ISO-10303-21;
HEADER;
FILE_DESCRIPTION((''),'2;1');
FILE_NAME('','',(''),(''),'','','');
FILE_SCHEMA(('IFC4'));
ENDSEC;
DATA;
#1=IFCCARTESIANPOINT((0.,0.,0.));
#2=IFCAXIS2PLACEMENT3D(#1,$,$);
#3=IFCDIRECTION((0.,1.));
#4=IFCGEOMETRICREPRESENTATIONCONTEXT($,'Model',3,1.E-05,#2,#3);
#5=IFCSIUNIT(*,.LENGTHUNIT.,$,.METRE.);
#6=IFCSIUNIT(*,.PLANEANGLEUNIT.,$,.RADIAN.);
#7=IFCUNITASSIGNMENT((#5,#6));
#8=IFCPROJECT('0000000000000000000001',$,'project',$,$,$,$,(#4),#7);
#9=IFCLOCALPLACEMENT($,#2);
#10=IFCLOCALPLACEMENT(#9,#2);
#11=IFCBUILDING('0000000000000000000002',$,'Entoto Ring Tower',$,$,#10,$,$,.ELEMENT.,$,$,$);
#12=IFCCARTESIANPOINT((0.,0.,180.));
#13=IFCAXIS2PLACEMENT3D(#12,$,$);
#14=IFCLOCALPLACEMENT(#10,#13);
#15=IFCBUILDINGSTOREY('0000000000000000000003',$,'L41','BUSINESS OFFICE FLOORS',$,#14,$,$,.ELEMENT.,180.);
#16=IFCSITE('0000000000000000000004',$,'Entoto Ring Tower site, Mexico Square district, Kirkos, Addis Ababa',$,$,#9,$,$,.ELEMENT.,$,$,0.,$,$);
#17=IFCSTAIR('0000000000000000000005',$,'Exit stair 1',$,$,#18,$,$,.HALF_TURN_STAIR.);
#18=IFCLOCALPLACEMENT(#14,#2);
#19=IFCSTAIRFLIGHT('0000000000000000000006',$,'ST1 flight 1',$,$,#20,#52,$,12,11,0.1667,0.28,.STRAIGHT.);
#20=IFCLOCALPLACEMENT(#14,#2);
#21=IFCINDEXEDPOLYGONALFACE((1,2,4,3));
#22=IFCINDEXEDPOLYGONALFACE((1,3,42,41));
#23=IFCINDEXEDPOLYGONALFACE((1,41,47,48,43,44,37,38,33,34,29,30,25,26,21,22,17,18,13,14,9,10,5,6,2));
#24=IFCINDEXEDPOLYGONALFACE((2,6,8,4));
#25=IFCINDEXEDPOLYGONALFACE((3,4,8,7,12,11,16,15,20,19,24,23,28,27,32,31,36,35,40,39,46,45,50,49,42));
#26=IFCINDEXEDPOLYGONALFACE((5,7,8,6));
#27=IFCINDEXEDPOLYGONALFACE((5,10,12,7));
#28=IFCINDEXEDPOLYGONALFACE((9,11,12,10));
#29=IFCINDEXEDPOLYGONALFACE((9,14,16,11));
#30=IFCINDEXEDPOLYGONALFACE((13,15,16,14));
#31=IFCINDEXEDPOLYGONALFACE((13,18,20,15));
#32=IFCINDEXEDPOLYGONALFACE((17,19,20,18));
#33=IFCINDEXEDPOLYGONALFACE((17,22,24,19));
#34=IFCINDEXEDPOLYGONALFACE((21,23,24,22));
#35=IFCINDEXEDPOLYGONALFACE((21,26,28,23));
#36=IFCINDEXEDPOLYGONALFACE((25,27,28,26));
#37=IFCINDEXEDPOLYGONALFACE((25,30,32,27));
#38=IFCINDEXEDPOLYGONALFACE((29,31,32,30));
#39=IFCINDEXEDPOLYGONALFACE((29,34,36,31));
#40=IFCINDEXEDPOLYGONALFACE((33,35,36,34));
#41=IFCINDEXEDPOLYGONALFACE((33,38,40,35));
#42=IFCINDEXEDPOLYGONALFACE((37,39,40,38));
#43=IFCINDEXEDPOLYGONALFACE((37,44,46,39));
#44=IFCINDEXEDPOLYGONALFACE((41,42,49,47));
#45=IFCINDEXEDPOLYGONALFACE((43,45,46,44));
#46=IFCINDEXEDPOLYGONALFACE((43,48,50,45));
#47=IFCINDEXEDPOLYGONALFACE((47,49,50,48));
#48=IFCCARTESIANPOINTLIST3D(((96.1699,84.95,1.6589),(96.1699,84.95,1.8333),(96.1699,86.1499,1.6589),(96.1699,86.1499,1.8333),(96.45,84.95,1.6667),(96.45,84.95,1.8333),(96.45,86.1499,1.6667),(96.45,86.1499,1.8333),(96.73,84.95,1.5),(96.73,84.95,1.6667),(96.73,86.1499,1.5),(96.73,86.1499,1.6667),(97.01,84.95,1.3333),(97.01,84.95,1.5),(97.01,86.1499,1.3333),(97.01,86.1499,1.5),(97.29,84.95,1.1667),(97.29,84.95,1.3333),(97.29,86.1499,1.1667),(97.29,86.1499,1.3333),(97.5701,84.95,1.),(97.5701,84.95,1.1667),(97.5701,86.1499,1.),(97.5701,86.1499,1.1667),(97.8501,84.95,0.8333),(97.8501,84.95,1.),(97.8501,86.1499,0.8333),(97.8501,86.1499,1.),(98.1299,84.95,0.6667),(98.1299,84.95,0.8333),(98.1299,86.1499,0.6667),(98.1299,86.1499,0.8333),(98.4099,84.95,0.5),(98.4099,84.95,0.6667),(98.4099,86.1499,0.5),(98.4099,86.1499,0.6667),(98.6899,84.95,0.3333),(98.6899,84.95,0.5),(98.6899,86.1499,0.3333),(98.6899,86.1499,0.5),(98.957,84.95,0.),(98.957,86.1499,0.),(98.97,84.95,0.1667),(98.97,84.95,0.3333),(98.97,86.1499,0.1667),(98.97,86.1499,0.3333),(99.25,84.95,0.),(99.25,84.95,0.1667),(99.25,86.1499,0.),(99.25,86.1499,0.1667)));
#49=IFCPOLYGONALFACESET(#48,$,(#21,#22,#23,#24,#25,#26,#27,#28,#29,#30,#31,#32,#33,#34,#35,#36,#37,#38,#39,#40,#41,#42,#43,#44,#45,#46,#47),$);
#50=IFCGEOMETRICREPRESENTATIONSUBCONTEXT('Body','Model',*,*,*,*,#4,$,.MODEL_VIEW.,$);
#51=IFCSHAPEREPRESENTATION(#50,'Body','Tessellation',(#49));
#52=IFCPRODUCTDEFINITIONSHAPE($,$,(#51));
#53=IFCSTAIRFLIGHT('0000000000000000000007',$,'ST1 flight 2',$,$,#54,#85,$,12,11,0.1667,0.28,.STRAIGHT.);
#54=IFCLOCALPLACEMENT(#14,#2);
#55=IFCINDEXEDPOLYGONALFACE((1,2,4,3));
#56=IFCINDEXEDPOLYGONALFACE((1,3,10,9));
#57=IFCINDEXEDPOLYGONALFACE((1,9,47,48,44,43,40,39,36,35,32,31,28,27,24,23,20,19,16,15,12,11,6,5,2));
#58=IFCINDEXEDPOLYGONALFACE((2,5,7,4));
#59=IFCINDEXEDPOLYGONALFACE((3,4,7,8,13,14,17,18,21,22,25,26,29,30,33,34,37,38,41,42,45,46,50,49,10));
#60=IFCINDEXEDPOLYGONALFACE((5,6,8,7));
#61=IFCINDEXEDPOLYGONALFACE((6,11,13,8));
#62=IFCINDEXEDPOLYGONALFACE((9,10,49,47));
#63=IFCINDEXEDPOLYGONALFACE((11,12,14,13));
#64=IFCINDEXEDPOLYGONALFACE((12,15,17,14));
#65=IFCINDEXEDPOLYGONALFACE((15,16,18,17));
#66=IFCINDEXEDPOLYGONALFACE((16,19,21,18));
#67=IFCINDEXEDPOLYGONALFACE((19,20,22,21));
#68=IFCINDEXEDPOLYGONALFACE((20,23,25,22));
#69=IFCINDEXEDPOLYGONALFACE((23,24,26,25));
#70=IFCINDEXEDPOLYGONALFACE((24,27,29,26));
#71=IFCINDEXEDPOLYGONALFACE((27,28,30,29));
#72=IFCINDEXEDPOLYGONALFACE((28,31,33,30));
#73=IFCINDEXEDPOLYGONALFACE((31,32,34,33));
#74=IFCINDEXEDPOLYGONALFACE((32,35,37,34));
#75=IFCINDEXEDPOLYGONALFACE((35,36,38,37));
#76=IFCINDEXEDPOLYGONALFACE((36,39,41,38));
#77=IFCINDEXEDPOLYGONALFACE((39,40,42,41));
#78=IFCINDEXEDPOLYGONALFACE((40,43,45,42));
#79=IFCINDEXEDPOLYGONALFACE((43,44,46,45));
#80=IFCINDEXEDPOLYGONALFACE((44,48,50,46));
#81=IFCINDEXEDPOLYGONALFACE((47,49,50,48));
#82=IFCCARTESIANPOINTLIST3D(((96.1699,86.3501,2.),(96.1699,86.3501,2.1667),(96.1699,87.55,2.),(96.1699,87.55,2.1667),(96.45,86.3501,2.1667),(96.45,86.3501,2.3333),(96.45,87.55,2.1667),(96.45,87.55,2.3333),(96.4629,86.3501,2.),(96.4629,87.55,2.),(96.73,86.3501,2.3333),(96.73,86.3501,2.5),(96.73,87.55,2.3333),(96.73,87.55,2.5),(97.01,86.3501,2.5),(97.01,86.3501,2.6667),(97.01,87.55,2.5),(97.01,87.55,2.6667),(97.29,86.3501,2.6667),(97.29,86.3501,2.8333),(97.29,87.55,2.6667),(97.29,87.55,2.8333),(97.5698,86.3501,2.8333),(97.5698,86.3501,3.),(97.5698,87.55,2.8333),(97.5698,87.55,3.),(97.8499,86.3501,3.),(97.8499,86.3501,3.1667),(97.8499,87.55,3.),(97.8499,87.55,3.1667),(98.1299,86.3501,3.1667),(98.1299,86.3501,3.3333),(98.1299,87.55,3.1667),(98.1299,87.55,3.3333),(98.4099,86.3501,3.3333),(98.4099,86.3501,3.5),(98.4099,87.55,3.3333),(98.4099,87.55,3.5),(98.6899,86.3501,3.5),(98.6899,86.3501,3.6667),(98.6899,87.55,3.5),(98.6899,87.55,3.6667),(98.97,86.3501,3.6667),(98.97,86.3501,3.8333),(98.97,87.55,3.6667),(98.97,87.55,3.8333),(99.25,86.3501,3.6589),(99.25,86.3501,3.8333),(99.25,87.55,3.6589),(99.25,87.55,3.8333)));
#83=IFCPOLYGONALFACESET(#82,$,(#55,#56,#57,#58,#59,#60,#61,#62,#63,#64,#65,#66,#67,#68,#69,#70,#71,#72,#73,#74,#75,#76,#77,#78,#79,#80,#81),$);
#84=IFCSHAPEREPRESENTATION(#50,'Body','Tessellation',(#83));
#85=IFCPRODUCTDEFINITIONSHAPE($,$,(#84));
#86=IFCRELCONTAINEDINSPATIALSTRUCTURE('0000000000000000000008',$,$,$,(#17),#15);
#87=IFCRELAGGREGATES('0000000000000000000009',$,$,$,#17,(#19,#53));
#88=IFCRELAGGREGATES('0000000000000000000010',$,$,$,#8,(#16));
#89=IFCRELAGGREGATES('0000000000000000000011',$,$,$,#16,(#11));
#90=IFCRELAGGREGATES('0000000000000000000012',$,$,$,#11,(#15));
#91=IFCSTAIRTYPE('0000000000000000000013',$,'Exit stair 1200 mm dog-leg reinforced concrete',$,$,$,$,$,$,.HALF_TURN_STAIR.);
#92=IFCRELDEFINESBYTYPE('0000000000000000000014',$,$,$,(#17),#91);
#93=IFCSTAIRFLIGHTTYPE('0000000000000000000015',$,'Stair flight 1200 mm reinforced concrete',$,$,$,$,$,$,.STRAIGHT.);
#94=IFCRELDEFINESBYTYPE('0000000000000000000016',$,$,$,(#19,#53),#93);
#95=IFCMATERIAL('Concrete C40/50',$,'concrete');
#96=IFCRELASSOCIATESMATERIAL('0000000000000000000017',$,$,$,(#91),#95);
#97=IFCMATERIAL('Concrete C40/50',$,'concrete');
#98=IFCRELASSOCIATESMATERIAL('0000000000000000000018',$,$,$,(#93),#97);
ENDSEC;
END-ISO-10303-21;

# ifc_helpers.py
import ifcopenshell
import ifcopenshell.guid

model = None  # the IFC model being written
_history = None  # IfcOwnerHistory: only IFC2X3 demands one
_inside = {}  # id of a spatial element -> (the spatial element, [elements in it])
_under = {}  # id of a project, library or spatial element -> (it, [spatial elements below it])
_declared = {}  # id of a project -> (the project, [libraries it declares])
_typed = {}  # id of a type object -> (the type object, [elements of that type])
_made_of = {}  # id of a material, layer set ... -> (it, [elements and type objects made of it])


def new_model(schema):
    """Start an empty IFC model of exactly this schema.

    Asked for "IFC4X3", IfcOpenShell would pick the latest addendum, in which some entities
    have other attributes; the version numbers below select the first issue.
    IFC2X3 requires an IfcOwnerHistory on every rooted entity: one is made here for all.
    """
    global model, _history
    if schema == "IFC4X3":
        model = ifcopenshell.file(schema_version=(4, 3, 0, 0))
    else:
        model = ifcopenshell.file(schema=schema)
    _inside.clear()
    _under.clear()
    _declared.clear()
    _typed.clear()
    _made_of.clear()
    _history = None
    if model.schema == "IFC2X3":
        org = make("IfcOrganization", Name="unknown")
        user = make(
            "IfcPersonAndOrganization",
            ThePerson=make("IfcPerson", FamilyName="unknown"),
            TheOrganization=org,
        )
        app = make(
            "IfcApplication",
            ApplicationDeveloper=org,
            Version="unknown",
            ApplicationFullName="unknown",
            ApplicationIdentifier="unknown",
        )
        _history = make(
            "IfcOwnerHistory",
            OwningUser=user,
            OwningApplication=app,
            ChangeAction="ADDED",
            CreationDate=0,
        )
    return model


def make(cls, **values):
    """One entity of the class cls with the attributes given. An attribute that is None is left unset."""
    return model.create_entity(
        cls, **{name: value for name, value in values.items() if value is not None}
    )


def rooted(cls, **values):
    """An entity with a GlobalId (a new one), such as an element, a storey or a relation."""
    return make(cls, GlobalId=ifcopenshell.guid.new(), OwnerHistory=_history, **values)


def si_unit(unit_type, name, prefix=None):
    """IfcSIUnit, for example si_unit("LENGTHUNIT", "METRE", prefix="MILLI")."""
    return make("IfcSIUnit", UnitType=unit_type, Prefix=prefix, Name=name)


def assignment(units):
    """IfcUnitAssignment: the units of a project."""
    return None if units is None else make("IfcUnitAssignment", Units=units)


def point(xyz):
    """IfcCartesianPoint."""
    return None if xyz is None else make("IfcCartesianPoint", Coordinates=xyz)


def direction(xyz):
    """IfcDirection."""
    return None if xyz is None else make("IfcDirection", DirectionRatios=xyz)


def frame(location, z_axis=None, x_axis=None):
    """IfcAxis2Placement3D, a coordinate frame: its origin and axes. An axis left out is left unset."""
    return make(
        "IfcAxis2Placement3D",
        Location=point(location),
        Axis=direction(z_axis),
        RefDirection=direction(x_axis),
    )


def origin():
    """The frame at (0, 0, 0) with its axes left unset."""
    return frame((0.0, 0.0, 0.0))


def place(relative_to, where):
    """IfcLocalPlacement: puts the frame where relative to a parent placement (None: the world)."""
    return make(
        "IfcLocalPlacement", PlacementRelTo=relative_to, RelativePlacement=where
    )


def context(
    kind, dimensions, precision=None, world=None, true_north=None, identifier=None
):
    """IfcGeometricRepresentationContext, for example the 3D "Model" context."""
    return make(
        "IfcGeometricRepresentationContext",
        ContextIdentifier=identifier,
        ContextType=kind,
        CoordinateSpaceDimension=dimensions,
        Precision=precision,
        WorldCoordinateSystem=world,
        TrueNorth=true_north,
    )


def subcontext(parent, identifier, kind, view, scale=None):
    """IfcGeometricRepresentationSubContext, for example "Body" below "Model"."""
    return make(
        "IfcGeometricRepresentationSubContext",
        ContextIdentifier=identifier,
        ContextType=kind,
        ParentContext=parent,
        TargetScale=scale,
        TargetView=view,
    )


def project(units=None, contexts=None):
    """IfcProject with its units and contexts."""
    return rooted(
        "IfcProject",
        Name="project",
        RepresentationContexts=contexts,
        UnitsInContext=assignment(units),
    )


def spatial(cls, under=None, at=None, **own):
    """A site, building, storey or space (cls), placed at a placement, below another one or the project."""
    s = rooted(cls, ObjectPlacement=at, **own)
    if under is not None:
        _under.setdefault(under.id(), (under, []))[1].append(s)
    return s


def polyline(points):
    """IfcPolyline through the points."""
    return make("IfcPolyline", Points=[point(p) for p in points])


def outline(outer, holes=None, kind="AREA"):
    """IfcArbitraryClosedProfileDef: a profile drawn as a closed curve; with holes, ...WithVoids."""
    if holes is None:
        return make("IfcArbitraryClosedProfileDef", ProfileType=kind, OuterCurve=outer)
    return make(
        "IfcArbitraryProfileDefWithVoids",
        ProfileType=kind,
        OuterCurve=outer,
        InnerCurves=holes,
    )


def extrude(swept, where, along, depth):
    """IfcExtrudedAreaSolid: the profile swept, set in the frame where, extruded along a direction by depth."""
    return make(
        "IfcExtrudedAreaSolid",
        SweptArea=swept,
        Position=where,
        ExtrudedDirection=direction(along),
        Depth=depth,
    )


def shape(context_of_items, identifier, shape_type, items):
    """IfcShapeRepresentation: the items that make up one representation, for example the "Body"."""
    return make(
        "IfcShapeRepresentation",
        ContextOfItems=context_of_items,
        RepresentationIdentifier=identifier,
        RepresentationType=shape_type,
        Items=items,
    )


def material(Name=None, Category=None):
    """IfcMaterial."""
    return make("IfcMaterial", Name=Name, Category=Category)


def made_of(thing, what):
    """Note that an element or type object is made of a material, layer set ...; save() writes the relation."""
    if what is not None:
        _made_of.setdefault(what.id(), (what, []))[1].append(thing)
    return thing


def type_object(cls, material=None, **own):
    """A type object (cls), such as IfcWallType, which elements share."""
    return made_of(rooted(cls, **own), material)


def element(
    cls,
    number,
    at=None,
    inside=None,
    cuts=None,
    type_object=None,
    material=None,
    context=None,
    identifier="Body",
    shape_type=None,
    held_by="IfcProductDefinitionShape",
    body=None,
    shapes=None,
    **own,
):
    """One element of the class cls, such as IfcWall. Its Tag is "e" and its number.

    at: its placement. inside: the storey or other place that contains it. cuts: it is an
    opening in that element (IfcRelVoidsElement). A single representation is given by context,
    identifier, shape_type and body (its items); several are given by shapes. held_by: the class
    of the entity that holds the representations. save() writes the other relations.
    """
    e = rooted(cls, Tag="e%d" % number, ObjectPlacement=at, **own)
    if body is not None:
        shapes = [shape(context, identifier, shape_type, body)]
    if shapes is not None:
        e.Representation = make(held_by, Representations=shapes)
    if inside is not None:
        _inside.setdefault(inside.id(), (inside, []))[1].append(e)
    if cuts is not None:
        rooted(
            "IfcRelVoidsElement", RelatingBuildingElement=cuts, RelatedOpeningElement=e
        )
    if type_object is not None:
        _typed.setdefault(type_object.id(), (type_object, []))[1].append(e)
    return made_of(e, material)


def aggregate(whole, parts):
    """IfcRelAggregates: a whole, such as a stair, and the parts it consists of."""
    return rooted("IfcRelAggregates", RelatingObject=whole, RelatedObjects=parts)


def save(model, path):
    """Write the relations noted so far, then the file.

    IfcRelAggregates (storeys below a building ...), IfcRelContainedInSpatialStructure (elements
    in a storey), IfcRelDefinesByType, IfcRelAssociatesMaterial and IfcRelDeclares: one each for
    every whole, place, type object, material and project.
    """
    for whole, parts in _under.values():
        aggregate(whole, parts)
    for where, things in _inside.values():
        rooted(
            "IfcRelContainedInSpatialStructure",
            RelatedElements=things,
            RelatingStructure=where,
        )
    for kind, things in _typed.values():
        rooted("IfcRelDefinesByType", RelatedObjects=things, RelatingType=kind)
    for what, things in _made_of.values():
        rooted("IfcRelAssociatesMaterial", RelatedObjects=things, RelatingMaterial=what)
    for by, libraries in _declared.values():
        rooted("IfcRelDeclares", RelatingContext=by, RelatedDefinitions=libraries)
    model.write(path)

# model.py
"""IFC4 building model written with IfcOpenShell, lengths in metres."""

from ifc_helpers import new_model, si_unit, direction, frame, origin, place, context, subcontext, project, spatial, polyline, outline, extrude, material, type_object, element, aggregate, save


model = new_model("IFC4")

# Units and contexts
model_context = context("Model", 3, precision=1e-05, world=origin(), true_north=direction((0.0, 1.0)))
body_context = subcontext(model_context, "Body", "Model", "MODEL_VIEW")
ifc_project = project(units=[si_unit("LENGTHUNIT", "METRE"), si_unit("PLANEANGLEUNIT", "RADIAN")], contexts=[model_context])

# Site, building, storey
site_placement = place(None, origin())
site = spatial("IfcSite", under=ifc_project, at=site_placement, Name="Entoto Ring Tower site, Mexico Square district, Kirkos, Addis Ababa", CompositionType="ELEMENT", RefElevation=0.0)
building_placement = place(site_placement, origin())
building = spatial("IfcBuilding", under=site, at=building_placement, Name="Entoto Ring Tower", CompositionType="ELEMENT")
storey_placement = place(building_placement, frame((0.0, 0.0, 180.0)))
storey = spatial("IfcBuildingStorey", under=building, at=storey_placement, Name="L41", Description="BUSINESS OFFICE FLOORS", CompositionType="ELEMENT", Elevation=180.0)

# Stair, stair flights
ifc_material_1 = material(Name="Concrete C40/50", Category="concrete")
stair_type = type_object("IfcStairType", Name="Exit stair 1200 mm dog-leg reinforced concrete", PredefinedType="HALF_TURN_STAIR", material=ifc_material_1)
stair_placement = place(storey_placement, origin())
stair = element("IfcStair", 1, at=stair_placement, inside=storey, type_object=stair_type, Name="Exit stair 1", PredefinedType="HALF_TURN_STAIR")
ifc_material_2 = material(Name="Concrete C40/50", Category="concrete")
stair_flight_type = type_object("IfcStairFlightType", Name="Stair flight 1200 mm reinforced concrete", PredefinedType="STRAIGHT", material=ifc_material_2)
stair_flight_1_placement = place(storey_placement, frame((99.25, 85.55, 0.0), z_axis=(0.0, 0.0, 1.0), x_axis=(-1.0, 0.0, 0.0)))
stair_flight_1 = element("IfcStairFlight", 2, at=stair_flight_1_placement, type_object=stair_flight_type, Name="ST1 flight 1", NumberOfRisers=12, NumberOfTreads=11, PredefinedType="STRAIGHT", RiserHeight=0.1667, TreadLength=0.28, context=body_context, shape_type="SweptSolid", body=[
    extrude(outline(polyline([(0.0, 0.0), (0.0, 0.1667), (0.28, 0.1667), (0.28, 0.3333), (0.5601, 0.3333), (0.5601, 0.5), (0.8401, 0.5), (0.8401, 0.6667), (1.1201, 0.6667), (1.1201, 0.8333), (1.3999, 0.8333), (1.3999, 1.0), (1.6799, 1.0), (1.6799, 1.1667), (1.96, 1.1667), (1.96, 1.3333), (2.24, 1.3333), (2.24, 1.5), (2.52, 1.5), (2.52, 1.6667), (2.8, 1.6667), (2.8, 1.8333), (3.0801, 1.8333), (3.0801, 2.0), (3.0801, 1.6589), (0.293, 0.0), (0.0, 0.0)])), frame((0.0, 0.6001, 0.0), z_axis=(0.0, -1.0, 0.0), x_axis=(1.0, 0.0, 0.0)), (0.0, 0.0, 1.0), 1.2),
])
stair_flight_2_placement = place(storey_placement, frame((96.1699, 86.95, 2.0), z_axis=(0.0, 0.0, 1.0), x_axis=(1.0, 0.0, 0.0)))
stair_flight_2 = element("IfcStairFlight", 3, at=stair_flight_2_placement, type_object=stair_flight_type, Name="ST1 flight 2", NumberOfRisers=12, NumberOfTreads=11, PredefinedType="STRAIGHT", RiserHeight=0.1667, TreadLength=0.28, context=body_context, shape_type="SweptSolid", body=[
    extrude(outline(polyline([(0.0, 0.0), (0.0, 0.1667), (0.28, 0.1667), (0.28, 0.3333), (0.5601, 0.3333), (0.5601, 0.5), (0.8401, 0.5), (0.8401, 0.6667), (1.1201, 0.6667), (1.1201, 0.8333), (1.3999, 0.8333), (1.3999, 1.0), (1.6799, 1.0), (1.6799, 1.1667), (1.96, 1.1667), (1.96, 1.3333), (2.24, 1.3333), (2.24, 1.5), (2.52, 1.5), (2.52, 1.6667), (2.8, 1.6667), (2.8, 1.8333), (3.0801, 1.8333), (3.0801, 2.0), (3.0801, 1.6589), (0.293, 0.0), (0.0, 0.0)])), frame((0.0, 0.6001, 0.0), z_axis=(0.0, -1.0, 0.0), x_axis=(1.0, 0.0, 0.0)), (0.0, 0.0, 1.0), 1.2),
])
aggregate(stair, [stair_flight_1, stair_flight_2])

save(model, "model.ifc")
